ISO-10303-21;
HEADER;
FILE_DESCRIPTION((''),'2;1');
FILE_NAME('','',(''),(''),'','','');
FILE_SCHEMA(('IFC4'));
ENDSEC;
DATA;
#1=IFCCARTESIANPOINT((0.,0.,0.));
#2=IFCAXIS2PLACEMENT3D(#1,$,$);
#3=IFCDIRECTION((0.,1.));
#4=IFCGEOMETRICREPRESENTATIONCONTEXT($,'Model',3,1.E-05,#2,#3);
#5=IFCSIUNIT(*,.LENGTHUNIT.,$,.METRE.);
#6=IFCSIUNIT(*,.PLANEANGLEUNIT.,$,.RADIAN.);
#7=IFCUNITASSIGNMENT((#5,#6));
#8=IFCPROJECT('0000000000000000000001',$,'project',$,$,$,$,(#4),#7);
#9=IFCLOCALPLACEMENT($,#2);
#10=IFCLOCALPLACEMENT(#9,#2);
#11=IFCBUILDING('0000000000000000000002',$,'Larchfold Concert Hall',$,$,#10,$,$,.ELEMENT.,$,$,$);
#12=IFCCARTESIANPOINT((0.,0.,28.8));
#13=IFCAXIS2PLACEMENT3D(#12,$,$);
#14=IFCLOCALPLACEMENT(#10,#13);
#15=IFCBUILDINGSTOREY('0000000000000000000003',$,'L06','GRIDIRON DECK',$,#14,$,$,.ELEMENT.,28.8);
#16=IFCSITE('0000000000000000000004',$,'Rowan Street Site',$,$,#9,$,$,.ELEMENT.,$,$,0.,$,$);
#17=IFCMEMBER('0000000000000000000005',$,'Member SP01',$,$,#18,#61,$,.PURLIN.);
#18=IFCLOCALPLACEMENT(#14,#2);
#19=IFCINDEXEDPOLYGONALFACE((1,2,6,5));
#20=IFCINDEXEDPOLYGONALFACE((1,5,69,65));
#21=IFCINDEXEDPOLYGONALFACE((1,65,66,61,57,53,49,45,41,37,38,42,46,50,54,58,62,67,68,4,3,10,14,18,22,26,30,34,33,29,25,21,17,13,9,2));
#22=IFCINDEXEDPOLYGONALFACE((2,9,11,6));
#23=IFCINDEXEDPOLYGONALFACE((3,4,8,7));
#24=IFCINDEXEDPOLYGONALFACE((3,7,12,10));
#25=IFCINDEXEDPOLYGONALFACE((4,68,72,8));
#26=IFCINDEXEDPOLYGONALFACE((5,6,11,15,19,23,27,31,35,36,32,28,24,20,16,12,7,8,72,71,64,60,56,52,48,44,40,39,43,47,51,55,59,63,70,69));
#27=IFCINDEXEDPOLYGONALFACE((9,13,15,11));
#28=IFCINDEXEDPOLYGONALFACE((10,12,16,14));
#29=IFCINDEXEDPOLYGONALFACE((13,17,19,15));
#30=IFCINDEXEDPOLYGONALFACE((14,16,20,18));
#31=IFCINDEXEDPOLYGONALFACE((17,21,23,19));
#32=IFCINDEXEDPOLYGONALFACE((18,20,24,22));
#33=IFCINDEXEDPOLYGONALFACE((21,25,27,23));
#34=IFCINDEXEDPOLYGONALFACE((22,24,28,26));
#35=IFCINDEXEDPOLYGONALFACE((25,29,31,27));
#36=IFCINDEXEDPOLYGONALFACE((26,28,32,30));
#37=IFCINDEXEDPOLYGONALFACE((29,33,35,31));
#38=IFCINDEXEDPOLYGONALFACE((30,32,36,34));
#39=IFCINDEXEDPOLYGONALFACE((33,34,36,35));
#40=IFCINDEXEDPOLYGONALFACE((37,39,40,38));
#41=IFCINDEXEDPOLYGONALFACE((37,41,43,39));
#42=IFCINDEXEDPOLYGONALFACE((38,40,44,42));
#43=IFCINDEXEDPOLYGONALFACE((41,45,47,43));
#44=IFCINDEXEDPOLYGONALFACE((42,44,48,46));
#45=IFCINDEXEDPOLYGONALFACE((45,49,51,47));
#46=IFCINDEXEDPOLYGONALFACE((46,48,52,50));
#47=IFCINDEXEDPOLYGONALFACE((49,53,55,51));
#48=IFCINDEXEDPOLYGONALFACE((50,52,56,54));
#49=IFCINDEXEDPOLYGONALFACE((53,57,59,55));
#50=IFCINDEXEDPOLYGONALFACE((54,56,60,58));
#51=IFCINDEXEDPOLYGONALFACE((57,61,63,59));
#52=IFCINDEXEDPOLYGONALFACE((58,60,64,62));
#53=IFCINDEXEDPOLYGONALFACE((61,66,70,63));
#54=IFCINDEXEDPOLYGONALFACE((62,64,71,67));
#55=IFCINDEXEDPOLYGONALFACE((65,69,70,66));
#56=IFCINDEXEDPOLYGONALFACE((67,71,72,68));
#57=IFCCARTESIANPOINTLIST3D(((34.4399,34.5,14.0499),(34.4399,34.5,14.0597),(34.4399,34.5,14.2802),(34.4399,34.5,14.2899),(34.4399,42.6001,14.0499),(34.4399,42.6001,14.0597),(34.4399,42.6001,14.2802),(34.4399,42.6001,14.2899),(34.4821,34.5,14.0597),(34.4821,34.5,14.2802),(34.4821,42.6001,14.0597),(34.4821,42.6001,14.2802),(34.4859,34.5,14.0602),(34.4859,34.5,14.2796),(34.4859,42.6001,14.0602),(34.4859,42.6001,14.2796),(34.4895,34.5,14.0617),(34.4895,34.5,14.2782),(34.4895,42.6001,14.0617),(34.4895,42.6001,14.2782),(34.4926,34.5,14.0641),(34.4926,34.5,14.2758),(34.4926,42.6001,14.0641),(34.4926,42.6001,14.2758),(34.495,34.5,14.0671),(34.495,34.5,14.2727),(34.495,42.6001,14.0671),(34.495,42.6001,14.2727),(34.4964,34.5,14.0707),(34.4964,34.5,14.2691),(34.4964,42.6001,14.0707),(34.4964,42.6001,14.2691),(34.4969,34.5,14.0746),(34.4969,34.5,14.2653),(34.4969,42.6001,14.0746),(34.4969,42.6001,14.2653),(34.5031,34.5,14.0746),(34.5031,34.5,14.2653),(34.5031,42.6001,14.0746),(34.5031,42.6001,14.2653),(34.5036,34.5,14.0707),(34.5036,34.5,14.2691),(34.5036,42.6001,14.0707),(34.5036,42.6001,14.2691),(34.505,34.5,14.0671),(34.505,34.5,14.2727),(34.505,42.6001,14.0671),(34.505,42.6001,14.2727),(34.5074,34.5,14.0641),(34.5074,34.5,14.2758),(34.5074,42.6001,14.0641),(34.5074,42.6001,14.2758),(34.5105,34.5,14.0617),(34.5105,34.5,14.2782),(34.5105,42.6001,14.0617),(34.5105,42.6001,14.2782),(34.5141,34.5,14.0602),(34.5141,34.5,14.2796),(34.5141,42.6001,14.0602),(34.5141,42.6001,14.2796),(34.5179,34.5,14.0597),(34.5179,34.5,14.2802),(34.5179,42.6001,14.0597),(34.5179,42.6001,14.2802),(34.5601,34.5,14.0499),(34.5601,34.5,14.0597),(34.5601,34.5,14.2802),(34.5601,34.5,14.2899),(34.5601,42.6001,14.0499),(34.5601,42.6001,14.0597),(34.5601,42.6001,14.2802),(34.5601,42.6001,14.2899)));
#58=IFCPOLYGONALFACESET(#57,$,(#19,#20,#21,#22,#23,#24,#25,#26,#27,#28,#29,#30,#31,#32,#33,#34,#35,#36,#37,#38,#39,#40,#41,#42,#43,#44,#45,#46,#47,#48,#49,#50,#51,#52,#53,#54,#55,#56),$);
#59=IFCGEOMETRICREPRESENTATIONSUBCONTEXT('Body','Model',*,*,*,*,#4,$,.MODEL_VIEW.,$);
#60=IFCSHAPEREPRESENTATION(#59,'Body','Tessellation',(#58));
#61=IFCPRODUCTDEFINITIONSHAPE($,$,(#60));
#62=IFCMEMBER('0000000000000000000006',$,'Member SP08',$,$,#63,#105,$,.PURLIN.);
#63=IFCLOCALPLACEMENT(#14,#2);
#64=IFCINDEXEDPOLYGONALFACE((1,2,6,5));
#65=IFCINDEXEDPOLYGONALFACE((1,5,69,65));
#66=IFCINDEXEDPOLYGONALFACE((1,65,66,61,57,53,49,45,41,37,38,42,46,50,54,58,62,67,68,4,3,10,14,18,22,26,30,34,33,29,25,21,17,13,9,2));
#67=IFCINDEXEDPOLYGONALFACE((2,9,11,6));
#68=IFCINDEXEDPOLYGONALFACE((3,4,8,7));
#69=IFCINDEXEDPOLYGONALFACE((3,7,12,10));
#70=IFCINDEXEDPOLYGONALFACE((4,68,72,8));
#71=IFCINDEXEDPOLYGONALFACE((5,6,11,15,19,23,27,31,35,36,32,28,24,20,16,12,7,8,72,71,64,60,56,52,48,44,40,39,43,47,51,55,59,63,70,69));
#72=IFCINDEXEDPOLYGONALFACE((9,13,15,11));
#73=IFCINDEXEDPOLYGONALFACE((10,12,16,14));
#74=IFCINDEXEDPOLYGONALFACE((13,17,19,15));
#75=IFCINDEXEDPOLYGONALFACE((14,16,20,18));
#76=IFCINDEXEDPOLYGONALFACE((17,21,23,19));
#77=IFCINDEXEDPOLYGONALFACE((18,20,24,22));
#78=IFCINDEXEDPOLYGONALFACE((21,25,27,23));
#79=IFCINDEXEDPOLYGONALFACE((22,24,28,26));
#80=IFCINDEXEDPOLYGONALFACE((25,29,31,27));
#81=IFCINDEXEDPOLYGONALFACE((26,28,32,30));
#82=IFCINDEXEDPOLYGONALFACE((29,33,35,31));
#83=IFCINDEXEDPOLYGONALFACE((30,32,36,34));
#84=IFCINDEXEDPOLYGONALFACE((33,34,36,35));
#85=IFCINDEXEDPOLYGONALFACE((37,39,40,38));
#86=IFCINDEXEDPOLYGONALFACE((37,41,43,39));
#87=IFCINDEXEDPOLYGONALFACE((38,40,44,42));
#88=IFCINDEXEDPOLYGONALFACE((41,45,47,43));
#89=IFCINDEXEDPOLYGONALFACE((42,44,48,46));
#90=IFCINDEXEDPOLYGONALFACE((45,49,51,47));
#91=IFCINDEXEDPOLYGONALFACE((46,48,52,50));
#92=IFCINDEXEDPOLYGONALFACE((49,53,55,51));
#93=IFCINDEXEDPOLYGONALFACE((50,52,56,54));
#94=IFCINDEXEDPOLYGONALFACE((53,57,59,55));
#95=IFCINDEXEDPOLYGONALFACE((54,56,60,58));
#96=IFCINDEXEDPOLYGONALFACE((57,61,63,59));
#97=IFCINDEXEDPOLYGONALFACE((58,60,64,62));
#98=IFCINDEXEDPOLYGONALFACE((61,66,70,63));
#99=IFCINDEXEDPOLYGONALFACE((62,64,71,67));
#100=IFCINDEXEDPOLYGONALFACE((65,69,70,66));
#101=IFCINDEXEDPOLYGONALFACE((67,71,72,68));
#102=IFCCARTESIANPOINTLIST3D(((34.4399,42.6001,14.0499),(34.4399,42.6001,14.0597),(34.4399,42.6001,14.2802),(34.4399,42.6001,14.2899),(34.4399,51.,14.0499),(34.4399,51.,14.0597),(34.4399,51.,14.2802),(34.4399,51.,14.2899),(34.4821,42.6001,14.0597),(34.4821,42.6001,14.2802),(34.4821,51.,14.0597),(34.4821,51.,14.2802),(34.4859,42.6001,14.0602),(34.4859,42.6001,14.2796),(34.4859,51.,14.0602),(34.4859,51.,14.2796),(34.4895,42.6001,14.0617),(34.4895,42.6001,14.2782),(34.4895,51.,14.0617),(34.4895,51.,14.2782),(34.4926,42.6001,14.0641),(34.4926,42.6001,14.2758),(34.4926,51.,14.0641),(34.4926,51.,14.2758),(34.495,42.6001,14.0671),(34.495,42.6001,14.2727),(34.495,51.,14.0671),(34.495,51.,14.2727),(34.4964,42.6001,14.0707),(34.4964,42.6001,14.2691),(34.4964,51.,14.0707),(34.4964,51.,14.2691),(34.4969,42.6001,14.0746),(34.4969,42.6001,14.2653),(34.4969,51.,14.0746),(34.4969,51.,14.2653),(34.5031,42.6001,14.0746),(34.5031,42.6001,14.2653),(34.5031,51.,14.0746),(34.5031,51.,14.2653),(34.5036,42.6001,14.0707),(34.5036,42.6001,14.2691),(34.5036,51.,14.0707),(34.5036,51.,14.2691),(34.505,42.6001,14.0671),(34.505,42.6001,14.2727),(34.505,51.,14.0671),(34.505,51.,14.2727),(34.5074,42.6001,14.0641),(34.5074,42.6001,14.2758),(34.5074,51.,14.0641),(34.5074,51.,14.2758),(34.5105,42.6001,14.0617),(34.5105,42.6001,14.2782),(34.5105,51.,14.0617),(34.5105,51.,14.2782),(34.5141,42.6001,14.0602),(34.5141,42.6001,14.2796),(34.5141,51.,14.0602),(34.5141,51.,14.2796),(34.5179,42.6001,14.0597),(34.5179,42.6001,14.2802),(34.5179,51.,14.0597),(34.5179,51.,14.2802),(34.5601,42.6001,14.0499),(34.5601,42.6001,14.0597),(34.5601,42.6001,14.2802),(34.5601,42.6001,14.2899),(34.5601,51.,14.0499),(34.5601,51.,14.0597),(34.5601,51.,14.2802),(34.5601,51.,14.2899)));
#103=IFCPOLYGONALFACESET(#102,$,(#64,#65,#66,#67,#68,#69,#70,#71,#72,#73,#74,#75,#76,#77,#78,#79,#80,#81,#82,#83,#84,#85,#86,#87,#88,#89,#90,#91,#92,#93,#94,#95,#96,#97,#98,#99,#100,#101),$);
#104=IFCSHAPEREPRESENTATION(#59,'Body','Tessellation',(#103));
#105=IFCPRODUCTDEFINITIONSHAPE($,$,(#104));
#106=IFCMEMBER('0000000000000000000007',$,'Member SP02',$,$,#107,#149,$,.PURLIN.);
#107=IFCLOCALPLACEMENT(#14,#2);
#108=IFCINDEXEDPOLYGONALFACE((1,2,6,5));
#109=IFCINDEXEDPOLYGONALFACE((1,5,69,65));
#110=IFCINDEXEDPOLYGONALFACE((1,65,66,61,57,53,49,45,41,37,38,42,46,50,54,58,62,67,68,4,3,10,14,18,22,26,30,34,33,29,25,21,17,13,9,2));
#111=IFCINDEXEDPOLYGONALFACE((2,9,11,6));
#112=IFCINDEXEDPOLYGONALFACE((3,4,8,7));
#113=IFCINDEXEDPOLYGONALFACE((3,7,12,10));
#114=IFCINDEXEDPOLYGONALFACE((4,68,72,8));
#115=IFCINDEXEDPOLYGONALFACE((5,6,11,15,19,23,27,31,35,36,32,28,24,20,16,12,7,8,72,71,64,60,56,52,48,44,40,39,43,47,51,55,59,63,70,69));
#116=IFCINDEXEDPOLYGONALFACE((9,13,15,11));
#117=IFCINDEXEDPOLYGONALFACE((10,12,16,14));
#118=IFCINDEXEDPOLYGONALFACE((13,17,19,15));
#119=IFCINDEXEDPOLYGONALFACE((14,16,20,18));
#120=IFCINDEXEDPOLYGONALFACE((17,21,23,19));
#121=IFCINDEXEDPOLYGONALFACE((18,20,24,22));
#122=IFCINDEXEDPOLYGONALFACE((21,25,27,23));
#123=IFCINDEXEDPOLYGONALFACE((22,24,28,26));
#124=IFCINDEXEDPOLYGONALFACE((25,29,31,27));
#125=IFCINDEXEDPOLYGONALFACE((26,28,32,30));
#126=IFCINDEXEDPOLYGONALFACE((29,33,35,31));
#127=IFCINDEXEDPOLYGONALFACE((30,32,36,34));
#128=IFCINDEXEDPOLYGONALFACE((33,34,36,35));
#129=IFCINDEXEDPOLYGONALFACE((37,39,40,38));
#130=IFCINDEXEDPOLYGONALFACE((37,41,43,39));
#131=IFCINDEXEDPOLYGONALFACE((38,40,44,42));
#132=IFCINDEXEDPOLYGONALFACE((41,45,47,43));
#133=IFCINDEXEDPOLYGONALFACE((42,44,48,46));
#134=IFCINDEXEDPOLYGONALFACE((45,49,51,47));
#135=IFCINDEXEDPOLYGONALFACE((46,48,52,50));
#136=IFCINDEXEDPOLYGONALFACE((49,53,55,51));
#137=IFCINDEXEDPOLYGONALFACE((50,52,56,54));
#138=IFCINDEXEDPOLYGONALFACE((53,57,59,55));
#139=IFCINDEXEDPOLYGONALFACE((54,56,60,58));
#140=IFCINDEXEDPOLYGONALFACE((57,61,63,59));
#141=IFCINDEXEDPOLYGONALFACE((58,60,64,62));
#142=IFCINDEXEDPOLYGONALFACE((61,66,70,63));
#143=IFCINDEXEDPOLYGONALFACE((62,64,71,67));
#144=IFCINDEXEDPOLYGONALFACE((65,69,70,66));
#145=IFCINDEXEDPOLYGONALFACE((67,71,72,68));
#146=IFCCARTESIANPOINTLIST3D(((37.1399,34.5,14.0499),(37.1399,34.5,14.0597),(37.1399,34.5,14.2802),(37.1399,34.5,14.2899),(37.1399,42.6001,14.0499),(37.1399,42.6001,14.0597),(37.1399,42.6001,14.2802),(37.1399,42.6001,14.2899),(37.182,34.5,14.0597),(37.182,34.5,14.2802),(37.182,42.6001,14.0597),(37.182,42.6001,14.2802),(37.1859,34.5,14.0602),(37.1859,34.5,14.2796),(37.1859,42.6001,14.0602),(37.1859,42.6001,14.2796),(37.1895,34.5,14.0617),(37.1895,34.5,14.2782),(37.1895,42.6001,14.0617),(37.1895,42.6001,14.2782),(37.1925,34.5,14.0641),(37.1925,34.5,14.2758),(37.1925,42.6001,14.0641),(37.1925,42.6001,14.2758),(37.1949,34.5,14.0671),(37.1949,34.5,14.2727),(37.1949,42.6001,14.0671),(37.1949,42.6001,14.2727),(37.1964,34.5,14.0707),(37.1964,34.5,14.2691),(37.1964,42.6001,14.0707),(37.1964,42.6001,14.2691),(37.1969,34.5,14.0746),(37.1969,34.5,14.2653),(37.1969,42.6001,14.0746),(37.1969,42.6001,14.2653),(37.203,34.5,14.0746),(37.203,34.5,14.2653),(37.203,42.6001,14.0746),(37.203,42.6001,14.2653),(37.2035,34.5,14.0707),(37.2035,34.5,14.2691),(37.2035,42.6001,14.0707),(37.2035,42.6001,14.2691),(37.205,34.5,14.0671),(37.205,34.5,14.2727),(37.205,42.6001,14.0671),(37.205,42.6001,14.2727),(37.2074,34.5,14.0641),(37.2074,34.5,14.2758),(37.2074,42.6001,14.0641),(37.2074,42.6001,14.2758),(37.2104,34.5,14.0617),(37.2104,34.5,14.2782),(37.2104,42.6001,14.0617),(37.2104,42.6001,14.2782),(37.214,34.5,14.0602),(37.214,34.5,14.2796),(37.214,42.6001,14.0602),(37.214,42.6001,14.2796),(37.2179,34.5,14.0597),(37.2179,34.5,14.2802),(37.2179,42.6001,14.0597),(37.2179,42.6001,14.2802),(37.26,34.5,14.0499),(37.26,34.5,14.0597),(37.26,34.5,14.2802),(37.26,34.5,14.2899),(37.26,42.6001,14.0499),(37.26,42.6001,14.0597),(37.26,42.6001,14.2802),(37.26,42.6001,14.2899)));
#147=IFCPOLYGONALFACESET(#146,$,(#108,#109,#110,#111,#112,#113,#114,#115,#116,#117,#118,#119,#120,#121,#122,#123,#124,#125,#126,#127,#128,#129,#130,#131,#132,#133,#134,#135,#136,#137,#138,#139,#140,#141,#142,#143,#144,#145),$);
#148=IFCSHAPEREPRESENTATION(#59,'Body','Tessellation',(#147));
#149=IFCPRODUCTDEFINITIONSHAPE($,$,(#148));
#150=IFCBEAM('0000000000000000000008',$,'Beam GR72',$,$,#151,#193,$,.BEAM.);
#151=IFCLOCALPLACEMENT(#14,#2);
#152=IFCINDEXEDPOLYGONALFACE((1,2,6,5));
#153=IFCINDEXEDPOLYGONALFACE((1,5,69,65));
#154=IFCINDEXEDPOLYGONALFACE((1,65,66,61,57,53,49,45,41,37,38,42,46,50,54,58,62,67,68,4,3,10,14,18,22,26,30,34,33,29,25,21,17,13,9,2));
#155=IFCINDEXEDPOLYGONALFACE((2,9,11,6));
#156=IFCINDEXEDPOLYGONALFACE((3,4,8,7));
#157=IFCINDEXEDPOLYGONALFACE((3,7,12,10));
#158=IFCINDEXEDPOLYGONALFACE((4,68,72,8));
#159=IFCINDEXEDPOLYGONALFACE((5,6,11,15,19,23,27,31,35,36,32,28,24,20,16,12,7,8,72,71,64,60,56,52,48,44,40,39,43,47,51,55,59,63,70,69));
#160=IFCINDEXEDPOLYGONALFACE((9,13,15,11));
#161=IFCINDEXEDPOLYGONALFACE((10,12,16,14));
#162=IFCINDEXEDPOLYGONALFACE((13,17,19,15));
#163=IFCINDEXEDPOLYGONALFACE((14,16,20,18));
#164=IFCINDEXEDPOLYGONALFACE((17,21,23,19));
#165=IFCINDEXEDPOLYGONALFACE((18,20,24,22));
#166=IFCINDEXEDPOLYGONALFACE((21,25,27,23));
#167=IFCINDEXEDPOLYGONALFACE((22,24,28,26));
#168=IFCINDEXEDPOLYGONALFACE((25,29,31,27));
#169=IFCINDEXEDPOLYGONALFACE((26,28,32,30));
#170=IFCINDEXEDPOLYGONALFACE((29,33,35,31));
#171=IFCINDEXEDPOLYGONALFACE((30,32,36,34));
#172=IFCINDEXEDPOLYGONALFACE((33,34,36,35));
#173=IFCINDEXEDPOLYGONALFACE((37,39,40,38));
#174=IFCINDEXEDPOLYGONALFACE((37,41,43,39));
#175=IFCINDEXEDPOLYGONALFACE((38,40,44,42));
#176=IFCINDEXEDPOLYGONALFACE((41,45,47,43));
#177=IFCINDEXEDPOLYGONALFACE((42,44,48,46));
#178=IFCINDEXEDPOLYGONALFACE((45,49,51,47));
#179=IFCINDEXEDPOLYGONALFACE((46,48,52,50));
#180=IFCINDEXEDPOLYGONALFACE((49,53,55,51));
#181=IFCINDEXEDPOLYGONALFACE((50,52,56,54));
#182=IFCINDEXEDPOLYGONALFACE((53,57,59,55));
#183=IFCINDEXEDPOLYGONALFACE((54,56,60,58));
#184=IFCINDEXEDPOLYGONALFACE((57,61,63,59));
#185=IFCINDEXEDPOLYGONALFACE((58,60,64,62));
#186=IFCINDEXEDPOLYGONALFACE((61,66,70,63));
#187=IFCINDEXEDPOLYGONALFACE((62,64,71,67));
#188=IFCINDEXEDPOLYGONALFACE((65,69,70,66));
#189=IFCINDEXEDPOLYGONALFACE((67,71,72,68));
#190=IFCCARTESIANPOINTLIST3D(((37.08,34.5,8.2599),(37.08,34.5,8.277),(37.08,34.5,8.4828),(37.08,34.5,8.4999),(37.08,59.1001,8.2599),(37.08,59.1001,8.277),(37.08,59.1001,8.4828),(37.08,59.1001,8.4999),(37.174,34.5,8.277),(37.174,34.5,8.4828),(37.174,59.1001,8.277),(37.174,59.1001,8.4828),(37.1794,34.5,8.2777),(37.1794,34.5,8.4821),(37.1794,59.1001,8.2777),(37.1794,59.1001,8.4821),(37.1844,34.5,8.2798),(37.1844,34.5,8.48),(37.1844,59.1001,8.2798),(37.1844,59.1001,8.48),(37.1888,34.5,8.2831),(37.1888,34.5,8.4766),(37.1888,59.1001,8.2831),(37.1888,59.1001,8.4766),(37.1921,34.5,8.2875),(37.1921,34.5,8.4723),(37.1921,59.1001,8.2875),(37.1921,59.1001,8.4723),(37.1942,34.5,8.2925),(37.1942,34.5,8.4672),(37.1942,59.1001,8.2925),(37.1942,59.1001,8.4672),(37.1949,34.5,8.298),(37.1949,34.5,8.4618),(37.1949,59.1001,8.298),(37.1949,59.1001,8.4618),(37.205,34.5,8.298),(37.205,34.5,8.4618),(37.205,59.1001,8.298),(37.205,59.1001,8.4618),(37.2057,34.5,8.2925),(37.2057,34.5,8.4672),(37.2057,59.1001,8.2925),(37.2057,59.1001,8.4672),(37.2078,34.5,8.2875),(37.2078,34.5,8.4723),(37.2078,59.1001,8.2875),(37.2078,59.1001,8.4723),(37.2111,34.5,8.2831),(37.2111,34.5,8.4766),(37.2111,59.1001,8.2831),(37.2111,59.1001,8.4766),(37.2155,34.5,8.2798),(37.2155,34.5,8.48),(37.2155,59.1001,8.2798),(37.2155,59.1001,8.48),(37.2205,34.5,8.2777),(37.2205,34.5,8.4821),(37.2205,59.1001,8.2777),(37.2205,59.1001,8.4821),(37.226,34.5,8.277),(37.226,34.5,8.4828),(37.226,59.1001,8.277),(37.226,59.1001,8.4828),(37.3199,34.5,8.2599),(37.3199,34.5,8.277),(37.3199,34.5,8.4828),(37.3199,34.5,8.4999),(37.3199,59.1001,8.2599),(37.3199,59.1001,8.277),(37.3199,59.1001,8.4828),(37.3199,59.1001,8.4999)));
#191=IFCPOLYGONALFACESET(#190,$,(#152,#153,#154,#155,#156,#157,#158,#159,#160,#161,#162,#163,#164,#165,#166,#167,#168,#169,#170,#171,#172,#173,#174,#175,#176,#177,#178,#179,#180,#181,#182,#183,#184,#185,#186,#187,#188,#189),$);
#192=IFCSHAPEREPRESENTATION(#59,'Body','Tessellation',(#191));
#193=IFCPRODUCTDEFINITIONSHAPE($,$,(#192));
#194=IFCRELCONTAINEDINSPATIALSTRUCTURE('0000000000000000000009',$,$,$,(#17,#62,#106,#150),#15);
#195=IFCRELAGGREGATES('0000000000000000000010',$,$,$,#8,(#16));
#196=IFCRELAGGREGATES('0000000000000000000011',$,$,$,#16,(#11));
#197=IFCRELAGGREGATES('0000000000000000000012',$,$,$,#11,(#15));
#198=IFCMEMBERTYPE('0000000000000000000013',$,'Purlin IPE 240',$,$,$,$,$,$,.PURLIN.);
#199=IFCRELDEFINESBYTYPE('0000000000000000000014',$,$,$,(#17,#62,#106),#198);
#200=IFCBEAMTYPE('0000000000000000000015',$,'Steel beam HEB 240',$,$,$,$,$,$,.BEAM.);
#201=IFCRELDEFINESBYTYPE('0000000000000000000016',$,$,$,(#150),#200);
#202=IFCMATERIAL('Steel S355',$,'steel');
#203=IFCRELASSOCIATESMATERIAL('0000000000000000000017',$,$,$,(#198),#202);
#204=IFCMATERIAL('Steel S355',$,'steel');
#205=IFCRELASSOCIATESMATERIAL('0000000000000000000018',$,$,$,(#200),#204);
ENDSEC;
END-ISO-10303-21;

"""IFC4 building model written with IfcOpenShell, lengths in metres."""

from ifc_helpers import new_model, si_unit, direction, frame, origin, origin_2d, place, context, subcontext, project, spatial, i_section, extrude, material, material_profile, profile_set, type_object, element, save


model = new_model("IFC4")

# Units and contexts
model_context = context("Model", 3, precision=1e-05, world=origin(), true_north=direction((0.0, 1.0)))
body_context = subcontext(model_context, "Body", "Model", "MODEL_VIEW")
ifc_project = project(units=[si_unit("LENGTHUNIT", "METRE"), si_unit("PLANEANGLEUNIT", "RADIAN")], contexts=[model_context])

# Site, building, storey
site_placement = place(None, origin())
site = spatial("IfcSite", under=ifc_project, at=site_placement, Name="Rowan Street Site", CompositionType="ELEMENT", RefElevation=0.0)
building_placement = place(site_placement, origin())
building = spatial("IfcBuilding", under=site, at=building_placement, Name="Larchfold Concert Hall", CompositionType="ELEMENT")
storey_placement = place(building_placement, frame((0.0, 0.0, 28.8)))
storey = spatial("IfcBuildingStorey", under=building, at=storey_placement, Name="L06", Description="GRIDIRON DECK", CompositionType="ELEMENT", Elevation=28.8)

# Members
ifc_material_1 = material(Name="Steel S355", Category="steel")
ifc_material_profile_1 = material_profile(ifc_material_1, i_section(OverallWidth=0.1201, OverallDepth=0.24, WebThickness=0.0061, FlangeThickness=0.0098, FilletRadius=0.0149, at=origin_2d()))
ifc_profile_set_1 = profile_set([ifc_material_profile_1], Name="Steel S355")
member_type_1 = type_object("IfcMemberType", Name="Purlin IPE 240", PredefinedType="PURLIN", material=ifc_profile_set_1)
member_1_placement = place(storey_placement, frame((34.5, 34.5, 14.1699), z_axis=(0.0, 1.0, 0.0), x_axis=(-1.0, 0.0, 0.0)))
element("IfcMember", 1, at=member_1_placement, inside=storey, type_object=member_type_1, Name="Member SP01", PredefinedType="PURLIN", context=body_context, shape_type="SweptSolid", body=[
    extrude(i_section(OverallWidth=0.1201, OverallDepth=0.24, WebThickness=0.0061, FlangeThickness=0.0098, FilletRadius=0.0149, at=origin_2d()), origin(), (0.0, 0.0, 1.0), 8.1001),
])
member_2_placement = place(storey_placement, frame((34.5, 42.6001, 14.1699), z_axis=(0.0, 1.0, 0.0), x_axis=(-1.0, 0.0, 0.0)))
element("IfcMember", 2, at=member_2_placement, inside=storey, type_object=member_type_1, Name="Member SP08", PredefinedType="PURLIN", context=body_context, shape_type="SweptSolid", body=[
    extrude(i_section(OverallWidth=0.1201, OverallDepth=0.24, WebThickness=0.0061, FlangeThickness=0.0098, FilletRadius=0.0149, at=origin_2d()), origin(), (0.0, 0.0, 1.0), 8.3999),
])
member_3_placement = place(storey_placement, frame((37.2, 34.5, 14.1699), z_axis=(0.0, 1.0, 0.0), x_axis=(-1.0, 0.0, 0.0)))
element("IfcMember", 3, at=member_3_placement, inside=storey, type_object=member_type_1, Name="Member SP02", PredefinedType="PURLIN", context=body_context, shape_type="SweptSolid", body=[
    extrude(i_section(OverallWidth=0.1201, OverallDepth=0.24, WebThickness=0.0061, FlangeThickness=0.0098, FilletRadius=0.0149, at=origin_2d()), origin(), (0.0, 0.0, 1.0), 8.1001),
])

# Beam
ifc_material_2 = material(Name="Steel S355", Category="steel")
ifc_material_profile_2 = material_profile(ifc_material_2, i_section(OverallWidth=0.24, OverallDepth=0.24, WebThickness=0.01, FlangeThickness=0.0171, FilletRadius=0.021, at=origin_2d()))
ifc_profile_set_2 = profile_set([ifc_material_profile_2], Name="Steel S355")
beam_type_1 = type_object("IfcBeamType", Name="Steel beam HEB 240", PredefinedType="BEAM", material=ifc_profile_set_2)
beam_1_placement = place(storey_placement, frame((37.2, 34.5, 8.3799), z_axis=(0.0, 1.0, 0.0), x_axis=(-1.0, 0.0, 0.0)))
element("IfcBeam", 4, at=beam_1_placement, inside=storey, type_object=beam_type_1, Name="Beam GR72", PredefinedType="BEAM", context=body_context, shape_type="SweptSolid", body=[
    extrude(i_section(OverallWidth=0.24, OverallDepth=0.24, WebThickness=0.01, FlangeThickness=0.0171, FilletRadius=0.021, at=origin_2d()), origin(), (0.0, 0.0, 1.0), 24.6001),
])

save(model, "model.ifc")
